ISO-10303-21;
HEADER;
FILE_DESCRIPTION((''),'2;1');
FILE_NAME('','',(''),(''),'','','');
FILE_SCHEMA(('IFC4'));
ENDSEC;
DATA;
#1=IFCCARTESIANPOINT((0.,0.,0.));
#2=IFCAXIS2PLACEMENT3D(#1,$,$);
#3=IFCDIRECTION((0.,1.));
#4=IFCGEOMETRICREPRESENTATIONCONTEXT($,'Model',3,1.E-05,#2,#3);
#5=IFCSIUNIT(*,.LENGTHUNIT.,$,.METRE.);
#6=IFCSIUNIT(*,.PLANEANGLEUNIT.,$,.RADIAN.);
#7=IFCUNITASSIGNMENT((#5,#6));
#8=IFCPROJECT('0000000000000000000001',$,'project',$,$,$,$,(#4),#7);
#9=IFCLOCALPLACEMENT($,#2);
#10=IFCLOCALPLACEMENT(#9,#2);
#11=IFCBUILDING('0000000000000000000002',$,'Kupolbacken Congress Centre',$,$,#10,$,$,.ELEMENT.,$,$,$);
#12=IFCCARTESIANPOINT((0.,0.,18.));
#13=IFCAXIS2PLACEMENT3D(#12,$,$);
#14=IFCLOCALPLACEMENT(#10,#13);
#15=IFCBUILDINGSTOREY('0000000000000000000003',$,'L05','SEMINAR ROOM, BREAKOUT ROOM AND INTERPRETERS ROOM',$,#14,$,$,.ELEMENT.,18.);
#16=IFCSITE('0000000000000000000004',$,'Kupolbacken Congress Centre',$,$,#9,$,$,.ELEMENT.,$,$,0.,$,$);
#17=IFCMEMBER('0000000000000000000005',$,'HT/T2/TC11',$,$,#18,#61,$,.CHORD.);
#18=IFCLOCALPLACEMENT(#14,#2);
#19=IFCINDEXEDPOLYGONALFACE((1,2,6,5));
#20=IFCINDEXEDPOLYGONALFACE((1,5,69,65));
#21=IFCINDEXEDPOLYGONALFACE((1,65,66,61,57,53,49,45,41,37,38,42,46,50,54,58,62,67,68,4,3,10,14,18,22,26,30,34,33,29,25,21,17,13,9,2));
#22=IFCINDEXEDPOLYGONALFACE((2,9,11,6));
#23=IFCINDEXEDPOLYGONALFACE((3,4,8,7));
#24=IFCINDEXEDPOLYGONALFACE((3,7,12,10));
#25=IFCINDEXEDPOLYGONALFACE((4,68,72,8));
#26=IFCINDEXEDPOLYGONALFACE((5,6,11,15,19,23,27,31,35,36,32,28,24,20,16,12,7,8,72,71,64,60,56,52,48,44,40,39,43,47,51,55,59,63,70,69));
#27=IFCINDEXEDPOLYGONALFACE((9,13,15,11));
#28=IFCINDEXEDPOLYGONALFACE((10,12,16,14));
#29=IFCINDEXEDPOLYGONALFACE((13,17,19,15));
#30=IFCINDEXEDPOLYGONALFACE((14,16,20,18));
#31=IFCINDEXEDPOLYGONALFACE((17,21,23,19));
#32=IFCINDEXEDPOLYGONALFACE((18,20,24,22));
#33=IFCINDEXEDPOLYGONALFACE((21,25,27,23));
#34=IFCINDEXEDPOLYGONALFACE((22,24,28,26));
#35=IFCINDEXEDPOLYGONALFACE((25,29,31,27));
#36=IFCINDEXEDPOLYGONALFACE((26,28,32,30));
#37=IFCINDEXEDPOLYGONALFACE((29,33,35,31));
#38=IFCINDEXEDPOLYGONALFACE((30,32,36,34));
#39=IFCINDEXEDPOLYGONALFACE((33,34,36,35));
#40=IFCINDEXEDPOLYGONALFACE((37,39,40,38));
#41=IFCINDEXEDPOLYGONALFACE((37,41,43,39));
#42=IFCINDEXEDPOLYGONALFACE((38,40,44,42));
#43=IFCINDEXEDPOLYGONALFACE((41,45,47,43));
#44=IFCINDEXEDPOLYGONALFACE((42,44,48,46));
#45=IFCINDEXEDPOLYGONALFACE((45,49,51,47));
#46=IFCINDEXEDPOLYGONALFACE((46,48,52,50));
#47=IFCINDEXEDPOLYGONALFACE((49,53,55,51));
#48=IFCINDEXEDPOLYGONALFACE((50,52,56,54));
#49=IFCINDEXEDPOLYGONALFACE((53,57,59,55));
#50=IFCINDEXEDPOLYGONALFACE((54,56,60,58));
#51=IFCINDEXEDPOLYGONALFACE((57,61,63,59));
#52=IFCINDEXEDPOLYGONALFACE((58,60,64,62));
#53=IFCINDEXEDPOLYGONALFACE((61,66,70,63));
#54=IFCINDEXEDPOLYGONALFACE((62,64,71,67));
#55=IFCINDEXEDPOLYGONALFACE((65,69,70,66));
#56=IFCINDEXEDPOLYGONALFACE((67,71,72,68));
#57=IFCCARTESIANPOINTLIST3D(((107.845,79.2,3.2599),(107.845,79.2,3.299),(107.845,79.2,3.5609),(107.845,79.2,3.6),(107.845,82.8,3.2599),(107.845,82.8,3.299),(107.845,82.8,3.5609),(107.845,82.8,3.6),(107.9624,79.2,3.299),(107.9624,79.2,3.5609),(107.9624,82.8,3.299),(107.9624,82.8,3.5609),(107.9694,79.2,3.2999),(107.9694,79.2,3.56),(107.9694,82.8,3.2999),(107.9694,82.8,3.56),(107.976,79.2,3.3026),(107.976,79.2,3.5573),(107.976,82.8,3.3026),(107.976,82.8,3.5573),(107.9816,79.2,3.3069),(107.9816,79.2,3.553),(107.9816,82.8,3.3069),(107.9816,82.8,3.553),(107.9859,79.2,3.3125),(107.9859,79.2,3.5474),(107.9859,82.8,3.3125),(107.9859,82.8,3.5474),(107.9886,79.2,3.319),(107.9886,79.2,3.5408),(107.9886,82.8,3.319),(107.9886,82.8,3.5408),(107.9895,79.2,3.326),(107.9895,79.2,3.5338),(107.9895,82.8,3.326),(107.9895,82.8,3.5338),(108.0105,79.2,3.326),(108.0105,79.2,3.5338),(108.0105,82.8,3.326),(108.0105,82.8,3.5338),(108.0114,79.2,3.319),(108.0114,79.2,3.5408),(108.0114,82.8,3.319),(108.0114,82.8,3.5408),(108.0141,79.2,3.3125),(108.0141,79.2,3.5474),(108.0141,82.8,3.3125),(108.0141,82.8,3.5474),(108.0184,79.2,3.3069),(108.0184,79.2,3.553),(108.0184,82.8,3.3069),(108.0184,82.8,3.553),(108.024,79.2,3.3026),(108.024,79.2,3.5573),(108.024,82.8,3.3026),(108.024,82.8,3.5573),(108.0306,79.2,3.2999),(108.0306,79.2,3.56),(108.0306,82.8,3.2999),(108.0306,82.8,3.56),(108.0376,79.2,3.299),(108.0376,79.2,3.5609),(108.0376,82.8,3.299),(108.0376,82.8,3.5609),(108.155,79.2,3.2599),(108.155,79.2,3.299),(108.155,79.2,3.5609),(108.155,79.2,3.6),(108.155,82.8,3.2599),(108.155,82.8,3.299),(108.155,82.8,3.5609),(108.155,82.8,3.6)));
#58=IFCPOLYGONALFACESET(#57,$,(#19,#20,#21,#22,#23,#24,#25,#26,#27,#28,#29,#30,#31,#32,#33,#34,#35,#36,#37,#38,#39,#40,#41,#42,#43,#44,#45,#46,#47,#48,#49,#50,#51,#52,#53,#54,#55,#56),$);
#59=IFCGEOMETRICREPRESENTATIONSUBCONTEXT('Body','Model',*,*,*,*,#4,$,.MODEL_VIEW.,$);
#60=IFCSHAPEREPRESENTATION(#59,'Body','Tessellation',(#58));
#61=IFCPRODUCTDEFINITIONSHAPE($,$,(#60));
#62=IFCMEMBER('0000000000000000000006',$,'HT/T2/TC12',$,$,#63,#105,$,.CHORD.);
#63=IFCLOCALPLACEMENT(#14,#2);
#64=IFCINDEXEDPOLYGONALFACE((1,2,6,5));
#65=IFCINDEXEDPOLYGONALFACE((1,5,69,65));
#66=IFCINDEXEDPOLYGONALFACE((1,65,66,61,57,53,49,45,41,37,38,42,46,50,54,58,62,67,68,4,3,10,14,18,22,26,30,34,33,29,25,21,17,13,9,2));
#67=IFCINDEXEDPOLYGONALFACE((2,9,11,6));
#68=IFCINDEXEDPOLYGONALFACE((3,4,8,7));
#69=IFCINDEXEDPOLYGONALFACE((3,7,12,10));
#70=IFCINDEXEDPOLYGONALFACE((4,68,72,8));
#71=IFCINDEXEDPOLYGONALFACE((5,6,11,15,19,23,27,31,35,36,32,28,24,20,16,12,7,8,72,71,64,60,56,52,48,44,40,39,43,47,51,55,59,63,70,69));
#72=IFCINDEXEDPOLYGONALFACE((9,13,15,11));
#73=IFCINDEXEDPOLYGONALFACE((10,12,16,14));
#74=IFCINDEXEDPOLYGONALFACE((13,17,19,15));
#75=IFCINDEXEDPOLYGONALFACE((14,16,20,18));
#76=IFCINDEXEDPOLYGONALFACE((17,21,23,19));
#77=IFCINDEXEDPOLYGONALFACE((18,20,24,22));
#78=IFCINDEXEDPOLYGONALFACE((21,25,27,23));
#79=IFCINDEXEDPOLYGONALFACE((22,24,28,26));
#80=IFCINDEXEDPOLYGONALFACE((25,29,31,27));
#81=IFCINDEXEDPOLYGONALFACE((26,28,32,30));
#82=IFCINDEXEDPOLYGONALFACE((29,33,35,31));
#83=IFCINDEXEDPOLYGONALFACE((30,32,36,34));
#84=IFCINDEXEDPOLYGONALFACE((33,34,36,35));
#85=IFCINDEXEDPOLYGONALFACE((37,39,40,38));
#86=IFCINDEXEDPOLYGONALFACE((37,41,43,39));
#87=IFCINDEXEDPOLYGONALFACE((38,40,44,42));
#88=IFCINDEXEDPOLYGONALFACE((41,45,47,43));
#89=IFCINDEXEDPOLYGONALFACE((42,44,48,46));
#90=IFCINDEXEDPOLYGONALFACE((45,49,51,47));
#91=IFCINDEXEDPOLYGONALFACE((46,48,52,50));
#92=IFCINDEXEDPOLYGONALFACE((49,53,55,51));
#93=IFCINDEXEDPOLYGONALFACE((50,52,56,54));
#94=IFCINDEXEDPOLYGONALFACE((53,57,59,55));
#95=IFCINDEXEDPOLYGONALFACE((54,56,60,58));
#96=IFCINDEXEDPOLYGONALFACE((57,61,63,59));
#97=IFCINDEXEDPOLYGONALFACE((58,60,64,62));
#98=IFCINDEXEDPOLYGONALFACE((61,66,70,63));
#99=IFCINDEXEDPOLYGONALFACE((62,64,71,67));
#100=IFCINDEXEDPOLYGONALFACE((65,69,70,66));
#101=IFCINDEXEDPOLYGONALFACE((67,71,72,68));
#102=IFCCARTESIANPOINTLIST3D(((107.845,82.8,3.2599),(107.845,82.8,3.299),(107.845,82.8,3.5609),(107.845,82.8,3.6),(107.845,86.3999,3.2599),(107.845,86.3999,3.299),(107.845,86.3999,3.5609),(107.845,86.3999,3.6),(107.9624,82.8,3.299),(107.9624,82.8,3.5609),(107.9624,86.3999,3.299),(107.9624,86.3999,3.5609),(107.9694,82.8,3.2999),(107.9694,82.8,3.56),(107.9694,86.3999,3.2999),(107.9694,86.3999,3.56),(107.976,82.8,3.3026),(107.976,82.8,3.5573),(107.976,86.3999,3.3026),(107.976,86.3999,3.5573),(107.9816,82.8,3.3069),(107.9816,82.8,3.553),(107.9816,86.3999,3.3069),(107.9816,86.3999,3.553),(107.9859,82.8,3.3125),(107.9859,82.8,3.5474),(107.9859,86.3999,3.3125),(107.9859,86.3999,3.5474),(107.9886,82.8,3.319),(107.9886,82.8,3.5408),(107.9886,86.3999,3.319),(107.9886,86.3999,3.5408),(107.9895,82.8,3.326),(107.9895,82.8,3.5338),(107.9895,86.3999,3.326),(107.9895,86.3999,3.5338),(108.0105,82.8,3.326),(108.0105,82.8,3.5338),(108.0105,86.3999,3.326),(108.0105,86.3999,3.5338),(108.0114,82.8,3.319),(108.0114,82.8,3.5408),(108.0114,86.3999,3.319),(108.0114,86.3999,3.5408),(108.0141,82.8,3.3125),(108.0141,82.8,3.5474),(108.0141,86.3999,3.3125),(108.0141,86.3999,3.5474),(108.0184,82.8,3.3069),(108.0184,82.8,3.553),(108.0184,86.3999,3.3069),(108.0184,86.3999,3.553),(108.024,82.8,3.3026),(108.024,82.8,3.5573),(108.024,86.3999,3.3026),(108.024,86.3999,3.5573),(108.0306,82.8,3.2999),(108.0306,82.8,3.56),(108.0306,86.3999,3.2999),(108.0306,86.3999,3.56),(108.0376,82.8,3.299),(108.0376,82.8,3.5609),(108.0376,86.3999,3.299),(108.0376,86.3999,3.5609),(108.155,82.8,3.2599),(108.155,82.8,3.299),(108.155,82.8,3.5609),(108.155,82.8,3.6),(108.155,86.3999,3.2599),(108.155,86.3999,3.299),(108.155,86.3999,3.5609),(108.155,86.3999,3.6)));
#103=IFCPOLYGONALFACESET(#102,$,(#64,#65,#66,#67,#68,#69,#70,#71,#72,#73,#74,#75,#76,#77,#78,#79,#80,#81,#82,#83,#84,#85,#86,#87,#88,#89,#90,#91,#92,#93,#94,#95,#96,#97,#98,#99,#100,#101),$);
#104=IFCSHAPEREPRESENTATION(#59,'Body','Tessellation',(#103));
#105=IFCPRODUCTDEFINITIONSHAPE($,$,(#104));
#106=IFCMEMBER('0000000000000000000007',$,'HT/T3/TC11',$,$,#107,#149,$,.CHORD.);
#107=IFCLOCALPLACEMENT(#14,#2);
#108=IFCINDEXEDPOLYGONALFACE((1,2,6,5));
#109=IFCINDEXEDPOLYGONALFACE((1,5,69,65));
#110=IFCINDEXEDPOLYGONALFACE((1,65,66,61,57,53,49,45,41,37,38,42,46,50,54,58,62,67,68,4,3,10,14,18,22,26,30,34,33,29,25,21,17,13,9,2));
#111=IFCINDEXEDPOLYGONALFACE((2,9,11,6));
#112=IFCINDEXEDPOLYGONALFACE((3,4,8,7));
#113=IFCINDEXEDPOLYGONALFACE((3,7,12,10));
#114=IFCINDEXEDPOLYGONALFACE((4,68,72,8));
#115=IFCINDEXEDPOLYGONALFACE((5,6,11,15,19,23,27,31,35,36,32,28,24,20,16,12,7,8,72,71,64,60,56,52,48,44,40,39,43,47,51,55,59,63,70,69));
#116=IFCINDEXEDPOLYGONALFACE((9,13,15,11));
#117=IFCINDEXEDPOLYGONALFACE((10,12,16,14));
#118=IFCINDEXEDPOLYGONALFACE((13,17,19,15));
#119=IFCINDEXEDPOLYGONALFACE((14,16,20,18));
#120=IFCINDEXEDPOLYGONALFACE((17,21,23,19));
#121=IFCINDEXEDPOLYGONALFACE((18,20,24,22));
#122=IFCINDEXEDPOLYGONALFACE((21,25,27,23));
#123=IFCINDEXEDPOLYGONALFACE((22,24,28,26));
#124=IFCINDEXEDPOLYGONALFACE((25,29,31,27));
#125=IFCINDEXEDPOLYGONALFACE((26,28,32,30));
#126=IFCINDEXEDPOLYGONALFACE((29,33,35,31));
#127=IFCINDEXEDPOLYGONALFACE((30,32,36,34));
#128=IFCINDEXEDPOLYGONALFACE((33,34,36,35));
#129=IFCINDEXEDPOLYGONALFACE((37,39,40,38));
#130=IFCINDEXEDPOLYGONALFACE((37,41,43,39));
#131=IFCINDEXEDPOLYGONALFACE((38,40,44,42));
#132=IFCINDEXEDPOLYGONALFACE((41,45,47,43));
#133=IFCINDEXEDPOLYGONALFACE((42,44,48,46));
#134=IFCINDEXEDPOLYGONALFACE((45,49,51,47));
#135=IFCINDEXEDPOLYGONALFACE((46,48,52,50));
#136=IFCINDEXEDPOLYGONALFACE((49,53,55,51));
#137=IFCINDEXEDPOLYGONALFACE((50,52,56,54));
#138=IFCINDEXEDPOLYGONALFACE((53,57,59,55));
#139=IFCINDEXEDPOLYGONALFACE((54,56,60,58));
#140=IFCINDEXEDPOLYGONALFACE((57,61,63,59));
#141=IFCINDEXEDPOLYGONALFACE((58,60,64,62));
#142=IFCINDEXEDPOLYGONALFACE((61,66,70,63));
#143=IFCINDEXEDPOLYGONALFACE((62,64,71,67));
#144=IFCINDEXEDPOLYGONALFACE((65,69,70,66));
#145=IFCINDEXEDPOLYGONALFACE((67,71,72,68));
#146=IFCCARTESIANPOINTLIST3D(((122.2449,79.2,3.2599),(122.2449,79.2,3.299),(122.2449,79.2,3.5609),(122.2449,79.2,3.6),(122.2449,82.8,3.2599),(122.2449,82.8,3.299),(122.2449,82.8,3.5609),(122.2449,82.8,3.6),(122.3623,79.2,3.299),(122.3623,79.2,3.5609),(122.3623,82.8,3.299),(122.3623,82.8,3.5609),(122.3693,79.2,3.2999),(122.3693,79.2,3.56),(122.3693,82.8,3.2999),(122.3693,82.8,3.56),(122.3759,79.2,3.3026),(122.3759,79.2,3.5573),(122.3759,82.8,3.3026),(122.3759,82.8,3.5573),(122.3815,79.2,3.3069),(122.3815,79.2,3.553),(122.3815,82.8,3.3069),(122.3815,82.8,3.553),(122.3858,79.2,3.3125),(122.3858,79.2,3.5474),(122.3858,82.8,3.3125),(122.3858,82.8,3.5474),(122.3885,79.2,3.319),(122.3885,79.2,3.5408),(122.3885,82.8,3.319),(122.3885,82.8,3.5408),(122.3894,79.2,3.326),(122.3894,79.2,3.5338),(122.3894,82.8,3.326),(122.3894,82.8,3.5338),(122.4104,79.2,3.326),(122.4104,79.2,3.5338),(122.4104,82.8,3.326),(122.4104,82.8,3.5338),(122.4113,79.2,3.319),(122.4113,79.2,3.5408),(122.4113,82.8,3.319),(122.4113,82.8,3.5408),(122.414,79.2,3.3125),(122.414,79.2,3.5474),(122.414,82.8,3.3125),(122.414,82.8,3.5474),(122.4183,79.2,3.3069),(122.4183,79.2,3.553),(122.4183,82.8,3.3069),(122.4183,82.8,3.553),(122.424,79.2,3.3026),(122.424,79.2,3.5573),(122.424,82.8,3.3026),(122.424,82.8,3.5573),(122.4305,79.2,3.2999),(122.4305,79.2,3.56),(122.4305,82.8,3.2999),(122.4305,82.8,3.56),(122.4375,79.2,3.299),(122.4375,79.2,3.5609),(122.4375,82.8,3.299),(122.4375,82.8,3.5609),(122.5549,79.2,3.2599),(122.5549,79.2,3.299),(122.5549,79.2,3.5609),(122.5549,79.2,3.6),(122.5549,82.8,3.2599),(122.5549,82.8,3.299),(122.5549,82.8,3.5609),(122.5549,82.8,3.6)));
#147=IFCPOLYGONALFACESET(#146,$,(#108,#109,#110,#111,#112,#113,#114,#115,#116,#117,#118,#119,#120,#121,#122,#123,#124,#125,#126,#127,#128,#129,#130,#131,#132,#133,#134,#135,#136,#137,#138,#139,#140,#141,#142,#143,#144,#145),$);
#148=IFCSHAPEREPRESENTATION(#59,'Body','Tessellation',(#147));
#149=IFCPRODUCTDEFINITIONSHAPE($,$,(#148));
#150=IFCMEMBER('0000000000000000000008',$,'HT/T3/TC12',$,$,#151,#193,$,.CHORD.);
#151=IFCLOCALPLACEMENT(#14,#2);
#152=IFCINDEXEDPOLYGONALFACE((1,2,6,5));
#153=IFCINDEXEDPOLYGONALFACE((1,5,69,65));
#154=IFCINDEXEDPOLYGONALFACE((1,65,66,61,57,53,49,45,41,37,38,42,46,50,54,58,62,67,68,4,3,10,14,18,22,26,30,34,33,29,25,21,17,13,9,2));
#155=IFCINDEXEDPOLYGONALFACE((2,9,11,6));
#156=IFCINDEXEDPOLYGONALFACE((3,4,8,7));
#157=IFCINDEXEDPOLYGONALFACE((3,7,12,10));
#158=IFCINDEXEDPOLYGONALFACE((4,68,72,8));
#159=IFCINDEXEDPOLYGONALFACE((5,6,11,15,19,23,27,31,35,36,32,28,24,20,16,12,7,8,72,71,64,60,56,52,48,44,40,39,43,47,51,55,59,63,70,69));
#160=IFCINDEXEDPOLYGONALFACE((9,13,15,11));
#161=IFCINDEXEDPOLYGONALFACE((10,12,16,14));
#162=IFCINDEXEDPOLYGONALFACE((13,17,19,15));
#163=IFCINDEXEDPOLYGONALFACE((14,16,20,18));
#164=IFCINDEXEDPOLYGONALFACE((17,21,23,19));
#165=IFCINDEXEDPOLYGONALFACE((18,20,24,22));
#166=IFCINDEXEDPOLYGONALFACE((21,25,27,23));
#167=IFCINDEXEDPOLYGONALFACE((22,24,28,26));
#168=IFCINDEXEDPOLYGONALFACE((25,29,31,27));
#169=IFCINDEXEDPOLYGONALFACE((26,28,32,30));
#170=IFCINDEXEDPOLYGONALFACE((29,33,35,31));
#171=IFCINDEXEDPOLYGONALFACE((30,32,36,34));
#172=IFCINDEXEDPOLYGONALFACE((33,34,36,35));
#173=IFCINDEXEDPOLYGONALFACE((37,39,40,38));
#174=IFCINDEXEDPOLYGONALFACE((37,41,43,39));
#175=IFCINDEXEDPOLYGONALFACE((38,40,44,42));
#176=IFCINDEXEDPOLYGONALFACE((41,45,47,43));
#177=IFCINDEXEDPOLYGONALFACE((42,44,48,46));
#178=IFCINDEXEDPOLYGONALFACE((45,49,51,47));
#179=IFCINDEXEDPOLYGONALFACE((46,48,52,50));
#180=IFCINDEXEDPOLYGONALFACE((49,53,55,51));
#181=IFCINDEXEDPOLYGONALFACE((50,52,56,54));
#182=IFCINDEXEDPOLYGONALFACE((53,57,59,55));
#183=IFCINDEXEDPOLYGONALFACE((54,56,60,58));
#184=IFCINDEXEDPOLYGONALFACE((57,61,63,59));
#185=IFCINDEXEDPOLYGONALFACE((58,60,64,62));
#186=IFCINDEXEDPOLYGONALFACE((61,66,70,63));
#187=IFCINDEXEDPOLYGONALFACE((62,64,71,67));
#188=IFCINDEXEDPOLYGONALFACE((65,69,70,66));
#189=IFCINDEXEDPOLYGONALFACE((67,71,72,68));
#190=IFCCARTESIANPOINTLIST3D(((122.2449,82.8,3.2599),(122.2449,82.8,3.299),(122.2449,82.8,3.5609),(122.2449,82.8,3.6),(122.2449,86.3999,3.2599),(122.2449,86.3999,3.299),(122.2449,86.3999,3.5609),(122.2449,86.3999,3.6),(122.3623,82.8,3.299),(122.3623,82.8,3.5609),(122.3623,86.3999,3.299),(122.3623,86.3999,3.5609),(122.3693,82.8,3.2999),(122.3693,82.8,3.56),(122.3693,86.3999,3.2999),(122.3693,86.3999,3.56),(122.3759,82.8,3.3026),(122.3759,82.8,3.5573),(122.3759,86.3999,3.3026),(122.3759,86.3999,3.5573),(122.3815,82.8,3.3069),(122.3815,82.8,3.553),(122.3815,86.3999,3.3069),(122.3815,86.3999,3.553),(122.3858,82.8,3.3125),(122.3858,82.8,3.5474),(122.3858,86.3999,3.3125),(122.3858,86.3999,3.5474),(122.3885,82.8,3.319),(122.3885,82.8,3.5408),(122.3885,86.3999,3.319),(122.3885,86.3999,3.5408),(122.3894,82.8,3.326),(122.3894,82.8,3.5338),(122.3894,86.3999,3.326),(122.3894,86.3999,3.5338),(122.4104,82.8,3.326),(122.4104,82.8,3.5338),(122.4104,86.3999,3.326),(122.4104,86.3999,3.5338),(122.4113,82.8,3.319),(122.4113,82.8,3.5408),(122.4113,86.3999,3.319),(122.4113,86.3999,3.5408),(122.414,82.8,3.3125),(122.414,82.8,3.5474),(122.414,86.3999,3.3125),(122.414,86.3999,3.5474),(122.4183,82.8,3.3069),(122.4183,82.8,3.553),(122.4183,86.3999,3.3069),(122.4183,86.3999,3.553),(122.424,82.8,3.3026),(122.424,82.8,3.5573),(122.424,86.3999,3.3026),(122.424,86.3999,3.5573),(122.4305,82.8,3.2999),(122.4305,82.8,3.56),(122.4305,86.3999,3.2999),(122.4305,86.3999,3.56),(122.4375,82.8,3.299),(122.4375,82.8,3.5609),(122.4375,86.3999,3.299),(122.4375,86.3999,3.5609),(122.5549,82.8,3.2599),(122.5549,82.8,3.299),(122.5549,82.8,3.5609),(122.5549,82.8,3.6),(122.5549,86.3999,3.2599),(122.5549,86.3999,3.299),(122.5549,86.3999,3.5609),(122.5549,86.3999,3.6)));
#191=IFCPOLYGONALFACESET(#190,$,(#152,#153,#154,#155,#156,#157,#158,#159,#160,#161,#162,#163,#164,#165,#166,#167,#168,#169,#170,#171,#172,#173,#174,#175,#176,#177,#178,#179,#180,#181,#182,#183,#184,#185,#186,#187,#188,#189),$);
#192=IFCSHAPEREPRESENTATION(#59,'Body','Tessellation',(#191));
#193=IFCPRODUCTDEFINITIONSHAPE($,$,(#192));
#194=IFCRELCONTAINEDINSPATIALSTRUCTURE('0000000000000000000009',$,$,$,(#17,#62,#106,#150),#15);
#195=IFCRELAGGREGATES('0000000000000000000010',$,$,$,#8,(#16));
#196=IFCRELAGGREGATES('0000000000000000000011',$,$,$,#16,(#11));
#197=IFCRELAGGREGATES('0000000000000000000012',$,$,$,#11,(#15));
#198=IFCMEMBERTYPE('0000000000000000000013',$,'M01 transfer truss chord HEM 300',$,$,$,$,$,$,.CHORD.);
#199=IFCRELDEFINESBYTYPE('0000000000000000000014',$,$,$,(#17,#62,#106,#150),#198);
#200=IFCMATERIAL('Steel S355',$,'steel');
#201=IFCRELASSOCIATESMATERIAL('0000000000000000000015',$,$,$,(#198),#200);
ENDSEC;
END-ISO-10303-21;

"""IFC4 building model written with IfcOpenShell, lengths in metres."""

from ifc_helpers import new_model, si_unit, direction, frame, origin, origin_2d, place, context, subcontext, project, spatial, i_section, extrude, material, material_profile, profile_set, type_object, element, save


model = new_model("IFC4")

# Units and contexts
model_context = context("Model", 3, precision=1e-05, world=origin(), true_north=direction((0.0, 1.0)))
body_context = subcontext(model_context, "Body", "Model", "MODEL_VIEW")
ifc_project = project(units=[si_unit("LENGTHUNIT", "METRE"), si_unit("PLANEANGLEUNIT", "RADIAN")], contexts=[model_context])

# Site, building, storey
site_placement = place(None, origin())
site = spatial("IfcSite", under=ifc_project, at=site_placement, Name="Kupolbacken Congress Centre", CompositionType="ELEMENT", RefElevation=0.0)
building_placement = place(site_placement, origin())
building = spatial("IfcBuilding", under=site, at=building_placement, Name="Kupolbacken Congress Centre", CompositionType="ELEMENT")
storey_placement = place(building_placement, frame((0.0, 0.0, 18.0)))
storey = spatial("IfcBuildingStorey", under=building, at=storey_placement, Name="L05", Description="SEMINAR ROOM, BREAKOUT ROOM AND INTERPRETERS ROOM", CompositionType="ELEMENT", Elevation=18.0)

# Members
ifc_material_1 = material(Name="Steel S355", Category="steel")
ifc_material_profile_1 = material_profile(ifc_material_1, i_section(OverallWidth=0.3101, OverallDepth=0.3401, WebThickness=0.021, FlangeThickness=0.0391, FilletRadius=0.0271, at=origin_2d()), Name="HEM 300")
ifc_profile_set_1 = profile_set([ifc_material_profile_1], Name="Steel S355")
member_type_1 = type_object("IfcMemberType", Name="M01 transfer truss chord HEM 300", PredefinedType="CHORD", material=ifc_profile_set_1)
member_1_placement = place(storey_placement, frame((108.0, 79.2, 3.4299), z_axis=(0.0, 1.0, 0.0), x_axis=(-1.0, 0.0, 0.0)))
element("IfcMember", 1, at=member_1_placement, inside=storey, type_object=member_type_1, Name="HT/T2/TC11", PredefinedType="CHORD", context=body_context, shape_type="SweptSolid", body=[
    extrude(i_section(OverallWidth=0.3101, OverallDepth=0.3401, WebThickness=0.021, FlangeThickness=0.0391, FilletRadius=0.0271, at=origin_2d()), origin(), (0.0, 0.0, 1.0), 3.6001),
])
member_2_placement = place(storey_placement, frame((108.0, 82.8, 3.4299), z_axis=(0.0, 1.0, 0.0), x_axis=(-1.0, 0.0, 0.0)))
element("IfcMember", 2, at=member_2_placement, inside=storey, type_object=member_type_1, Name="HT/T2/TC12", PredefinedType="CHORD", context=body_context, shape_type="SweptSolid", body=[
    extrude(i_section(OverallWidth=0.3101, OverallDepth=0.3401, WebThickness=0.021, FlangeThickness=0.0391, FilletRadius=0.0271, at=origin_2d()), origin(), (0.0, 0.0, 1.0), 3.5999),
])
member_3_placement = place(storey_placement, frame((122.3999, 79.2, 3.4299), z_axis=(0.0, 1.0, 0.0), x_axis=(-1.0, 0.0, 0.0)))
element("IfcMember", 3, at=member_3_placement, inside=storey, type_object=member_type_1, Name="HT/T3/TC11", PredefinedType="CHORD", context=body_context, shape_type="SweptSolid", body=[
    extrude(i_section(OverallWidth=0.3101, OverallDepth=0.3401, WebThickness=0.021, FlangeThickness=0.0391, FilletRadius=0.0271, at=origin_2d()), origin(), (0.0, 0.0, 1.0), 3.6001),
])
for number, where, z_axis, x_axis, name in (
    (4, (122.3999, 82.8, 3.4299), (0.0, 1.0, 0.0), (-1.0, 0.0, 0.0), "HT/T3/TC12"),
):
    element("IfcMember", number, at=place(storey_placement, frame(where, z_axis=z_axis, x_axis=x_axis)), inside=storey, type_object=member_type_1, Name=name, PredefinedType="CHORD", context=body_context, shape_type="SweptSolid", body=[
        extrude(i_section(OverallWidth=0.3101, OverallDepth=0.3401, WebThickness=0.021, FlangeThickness=0.0391, FilletRadius=0.0271, at=origin_2d()), origin(), (0.0, 0.0, 1.0), 3.5999),
    ])

save(model, "model.ifc")
